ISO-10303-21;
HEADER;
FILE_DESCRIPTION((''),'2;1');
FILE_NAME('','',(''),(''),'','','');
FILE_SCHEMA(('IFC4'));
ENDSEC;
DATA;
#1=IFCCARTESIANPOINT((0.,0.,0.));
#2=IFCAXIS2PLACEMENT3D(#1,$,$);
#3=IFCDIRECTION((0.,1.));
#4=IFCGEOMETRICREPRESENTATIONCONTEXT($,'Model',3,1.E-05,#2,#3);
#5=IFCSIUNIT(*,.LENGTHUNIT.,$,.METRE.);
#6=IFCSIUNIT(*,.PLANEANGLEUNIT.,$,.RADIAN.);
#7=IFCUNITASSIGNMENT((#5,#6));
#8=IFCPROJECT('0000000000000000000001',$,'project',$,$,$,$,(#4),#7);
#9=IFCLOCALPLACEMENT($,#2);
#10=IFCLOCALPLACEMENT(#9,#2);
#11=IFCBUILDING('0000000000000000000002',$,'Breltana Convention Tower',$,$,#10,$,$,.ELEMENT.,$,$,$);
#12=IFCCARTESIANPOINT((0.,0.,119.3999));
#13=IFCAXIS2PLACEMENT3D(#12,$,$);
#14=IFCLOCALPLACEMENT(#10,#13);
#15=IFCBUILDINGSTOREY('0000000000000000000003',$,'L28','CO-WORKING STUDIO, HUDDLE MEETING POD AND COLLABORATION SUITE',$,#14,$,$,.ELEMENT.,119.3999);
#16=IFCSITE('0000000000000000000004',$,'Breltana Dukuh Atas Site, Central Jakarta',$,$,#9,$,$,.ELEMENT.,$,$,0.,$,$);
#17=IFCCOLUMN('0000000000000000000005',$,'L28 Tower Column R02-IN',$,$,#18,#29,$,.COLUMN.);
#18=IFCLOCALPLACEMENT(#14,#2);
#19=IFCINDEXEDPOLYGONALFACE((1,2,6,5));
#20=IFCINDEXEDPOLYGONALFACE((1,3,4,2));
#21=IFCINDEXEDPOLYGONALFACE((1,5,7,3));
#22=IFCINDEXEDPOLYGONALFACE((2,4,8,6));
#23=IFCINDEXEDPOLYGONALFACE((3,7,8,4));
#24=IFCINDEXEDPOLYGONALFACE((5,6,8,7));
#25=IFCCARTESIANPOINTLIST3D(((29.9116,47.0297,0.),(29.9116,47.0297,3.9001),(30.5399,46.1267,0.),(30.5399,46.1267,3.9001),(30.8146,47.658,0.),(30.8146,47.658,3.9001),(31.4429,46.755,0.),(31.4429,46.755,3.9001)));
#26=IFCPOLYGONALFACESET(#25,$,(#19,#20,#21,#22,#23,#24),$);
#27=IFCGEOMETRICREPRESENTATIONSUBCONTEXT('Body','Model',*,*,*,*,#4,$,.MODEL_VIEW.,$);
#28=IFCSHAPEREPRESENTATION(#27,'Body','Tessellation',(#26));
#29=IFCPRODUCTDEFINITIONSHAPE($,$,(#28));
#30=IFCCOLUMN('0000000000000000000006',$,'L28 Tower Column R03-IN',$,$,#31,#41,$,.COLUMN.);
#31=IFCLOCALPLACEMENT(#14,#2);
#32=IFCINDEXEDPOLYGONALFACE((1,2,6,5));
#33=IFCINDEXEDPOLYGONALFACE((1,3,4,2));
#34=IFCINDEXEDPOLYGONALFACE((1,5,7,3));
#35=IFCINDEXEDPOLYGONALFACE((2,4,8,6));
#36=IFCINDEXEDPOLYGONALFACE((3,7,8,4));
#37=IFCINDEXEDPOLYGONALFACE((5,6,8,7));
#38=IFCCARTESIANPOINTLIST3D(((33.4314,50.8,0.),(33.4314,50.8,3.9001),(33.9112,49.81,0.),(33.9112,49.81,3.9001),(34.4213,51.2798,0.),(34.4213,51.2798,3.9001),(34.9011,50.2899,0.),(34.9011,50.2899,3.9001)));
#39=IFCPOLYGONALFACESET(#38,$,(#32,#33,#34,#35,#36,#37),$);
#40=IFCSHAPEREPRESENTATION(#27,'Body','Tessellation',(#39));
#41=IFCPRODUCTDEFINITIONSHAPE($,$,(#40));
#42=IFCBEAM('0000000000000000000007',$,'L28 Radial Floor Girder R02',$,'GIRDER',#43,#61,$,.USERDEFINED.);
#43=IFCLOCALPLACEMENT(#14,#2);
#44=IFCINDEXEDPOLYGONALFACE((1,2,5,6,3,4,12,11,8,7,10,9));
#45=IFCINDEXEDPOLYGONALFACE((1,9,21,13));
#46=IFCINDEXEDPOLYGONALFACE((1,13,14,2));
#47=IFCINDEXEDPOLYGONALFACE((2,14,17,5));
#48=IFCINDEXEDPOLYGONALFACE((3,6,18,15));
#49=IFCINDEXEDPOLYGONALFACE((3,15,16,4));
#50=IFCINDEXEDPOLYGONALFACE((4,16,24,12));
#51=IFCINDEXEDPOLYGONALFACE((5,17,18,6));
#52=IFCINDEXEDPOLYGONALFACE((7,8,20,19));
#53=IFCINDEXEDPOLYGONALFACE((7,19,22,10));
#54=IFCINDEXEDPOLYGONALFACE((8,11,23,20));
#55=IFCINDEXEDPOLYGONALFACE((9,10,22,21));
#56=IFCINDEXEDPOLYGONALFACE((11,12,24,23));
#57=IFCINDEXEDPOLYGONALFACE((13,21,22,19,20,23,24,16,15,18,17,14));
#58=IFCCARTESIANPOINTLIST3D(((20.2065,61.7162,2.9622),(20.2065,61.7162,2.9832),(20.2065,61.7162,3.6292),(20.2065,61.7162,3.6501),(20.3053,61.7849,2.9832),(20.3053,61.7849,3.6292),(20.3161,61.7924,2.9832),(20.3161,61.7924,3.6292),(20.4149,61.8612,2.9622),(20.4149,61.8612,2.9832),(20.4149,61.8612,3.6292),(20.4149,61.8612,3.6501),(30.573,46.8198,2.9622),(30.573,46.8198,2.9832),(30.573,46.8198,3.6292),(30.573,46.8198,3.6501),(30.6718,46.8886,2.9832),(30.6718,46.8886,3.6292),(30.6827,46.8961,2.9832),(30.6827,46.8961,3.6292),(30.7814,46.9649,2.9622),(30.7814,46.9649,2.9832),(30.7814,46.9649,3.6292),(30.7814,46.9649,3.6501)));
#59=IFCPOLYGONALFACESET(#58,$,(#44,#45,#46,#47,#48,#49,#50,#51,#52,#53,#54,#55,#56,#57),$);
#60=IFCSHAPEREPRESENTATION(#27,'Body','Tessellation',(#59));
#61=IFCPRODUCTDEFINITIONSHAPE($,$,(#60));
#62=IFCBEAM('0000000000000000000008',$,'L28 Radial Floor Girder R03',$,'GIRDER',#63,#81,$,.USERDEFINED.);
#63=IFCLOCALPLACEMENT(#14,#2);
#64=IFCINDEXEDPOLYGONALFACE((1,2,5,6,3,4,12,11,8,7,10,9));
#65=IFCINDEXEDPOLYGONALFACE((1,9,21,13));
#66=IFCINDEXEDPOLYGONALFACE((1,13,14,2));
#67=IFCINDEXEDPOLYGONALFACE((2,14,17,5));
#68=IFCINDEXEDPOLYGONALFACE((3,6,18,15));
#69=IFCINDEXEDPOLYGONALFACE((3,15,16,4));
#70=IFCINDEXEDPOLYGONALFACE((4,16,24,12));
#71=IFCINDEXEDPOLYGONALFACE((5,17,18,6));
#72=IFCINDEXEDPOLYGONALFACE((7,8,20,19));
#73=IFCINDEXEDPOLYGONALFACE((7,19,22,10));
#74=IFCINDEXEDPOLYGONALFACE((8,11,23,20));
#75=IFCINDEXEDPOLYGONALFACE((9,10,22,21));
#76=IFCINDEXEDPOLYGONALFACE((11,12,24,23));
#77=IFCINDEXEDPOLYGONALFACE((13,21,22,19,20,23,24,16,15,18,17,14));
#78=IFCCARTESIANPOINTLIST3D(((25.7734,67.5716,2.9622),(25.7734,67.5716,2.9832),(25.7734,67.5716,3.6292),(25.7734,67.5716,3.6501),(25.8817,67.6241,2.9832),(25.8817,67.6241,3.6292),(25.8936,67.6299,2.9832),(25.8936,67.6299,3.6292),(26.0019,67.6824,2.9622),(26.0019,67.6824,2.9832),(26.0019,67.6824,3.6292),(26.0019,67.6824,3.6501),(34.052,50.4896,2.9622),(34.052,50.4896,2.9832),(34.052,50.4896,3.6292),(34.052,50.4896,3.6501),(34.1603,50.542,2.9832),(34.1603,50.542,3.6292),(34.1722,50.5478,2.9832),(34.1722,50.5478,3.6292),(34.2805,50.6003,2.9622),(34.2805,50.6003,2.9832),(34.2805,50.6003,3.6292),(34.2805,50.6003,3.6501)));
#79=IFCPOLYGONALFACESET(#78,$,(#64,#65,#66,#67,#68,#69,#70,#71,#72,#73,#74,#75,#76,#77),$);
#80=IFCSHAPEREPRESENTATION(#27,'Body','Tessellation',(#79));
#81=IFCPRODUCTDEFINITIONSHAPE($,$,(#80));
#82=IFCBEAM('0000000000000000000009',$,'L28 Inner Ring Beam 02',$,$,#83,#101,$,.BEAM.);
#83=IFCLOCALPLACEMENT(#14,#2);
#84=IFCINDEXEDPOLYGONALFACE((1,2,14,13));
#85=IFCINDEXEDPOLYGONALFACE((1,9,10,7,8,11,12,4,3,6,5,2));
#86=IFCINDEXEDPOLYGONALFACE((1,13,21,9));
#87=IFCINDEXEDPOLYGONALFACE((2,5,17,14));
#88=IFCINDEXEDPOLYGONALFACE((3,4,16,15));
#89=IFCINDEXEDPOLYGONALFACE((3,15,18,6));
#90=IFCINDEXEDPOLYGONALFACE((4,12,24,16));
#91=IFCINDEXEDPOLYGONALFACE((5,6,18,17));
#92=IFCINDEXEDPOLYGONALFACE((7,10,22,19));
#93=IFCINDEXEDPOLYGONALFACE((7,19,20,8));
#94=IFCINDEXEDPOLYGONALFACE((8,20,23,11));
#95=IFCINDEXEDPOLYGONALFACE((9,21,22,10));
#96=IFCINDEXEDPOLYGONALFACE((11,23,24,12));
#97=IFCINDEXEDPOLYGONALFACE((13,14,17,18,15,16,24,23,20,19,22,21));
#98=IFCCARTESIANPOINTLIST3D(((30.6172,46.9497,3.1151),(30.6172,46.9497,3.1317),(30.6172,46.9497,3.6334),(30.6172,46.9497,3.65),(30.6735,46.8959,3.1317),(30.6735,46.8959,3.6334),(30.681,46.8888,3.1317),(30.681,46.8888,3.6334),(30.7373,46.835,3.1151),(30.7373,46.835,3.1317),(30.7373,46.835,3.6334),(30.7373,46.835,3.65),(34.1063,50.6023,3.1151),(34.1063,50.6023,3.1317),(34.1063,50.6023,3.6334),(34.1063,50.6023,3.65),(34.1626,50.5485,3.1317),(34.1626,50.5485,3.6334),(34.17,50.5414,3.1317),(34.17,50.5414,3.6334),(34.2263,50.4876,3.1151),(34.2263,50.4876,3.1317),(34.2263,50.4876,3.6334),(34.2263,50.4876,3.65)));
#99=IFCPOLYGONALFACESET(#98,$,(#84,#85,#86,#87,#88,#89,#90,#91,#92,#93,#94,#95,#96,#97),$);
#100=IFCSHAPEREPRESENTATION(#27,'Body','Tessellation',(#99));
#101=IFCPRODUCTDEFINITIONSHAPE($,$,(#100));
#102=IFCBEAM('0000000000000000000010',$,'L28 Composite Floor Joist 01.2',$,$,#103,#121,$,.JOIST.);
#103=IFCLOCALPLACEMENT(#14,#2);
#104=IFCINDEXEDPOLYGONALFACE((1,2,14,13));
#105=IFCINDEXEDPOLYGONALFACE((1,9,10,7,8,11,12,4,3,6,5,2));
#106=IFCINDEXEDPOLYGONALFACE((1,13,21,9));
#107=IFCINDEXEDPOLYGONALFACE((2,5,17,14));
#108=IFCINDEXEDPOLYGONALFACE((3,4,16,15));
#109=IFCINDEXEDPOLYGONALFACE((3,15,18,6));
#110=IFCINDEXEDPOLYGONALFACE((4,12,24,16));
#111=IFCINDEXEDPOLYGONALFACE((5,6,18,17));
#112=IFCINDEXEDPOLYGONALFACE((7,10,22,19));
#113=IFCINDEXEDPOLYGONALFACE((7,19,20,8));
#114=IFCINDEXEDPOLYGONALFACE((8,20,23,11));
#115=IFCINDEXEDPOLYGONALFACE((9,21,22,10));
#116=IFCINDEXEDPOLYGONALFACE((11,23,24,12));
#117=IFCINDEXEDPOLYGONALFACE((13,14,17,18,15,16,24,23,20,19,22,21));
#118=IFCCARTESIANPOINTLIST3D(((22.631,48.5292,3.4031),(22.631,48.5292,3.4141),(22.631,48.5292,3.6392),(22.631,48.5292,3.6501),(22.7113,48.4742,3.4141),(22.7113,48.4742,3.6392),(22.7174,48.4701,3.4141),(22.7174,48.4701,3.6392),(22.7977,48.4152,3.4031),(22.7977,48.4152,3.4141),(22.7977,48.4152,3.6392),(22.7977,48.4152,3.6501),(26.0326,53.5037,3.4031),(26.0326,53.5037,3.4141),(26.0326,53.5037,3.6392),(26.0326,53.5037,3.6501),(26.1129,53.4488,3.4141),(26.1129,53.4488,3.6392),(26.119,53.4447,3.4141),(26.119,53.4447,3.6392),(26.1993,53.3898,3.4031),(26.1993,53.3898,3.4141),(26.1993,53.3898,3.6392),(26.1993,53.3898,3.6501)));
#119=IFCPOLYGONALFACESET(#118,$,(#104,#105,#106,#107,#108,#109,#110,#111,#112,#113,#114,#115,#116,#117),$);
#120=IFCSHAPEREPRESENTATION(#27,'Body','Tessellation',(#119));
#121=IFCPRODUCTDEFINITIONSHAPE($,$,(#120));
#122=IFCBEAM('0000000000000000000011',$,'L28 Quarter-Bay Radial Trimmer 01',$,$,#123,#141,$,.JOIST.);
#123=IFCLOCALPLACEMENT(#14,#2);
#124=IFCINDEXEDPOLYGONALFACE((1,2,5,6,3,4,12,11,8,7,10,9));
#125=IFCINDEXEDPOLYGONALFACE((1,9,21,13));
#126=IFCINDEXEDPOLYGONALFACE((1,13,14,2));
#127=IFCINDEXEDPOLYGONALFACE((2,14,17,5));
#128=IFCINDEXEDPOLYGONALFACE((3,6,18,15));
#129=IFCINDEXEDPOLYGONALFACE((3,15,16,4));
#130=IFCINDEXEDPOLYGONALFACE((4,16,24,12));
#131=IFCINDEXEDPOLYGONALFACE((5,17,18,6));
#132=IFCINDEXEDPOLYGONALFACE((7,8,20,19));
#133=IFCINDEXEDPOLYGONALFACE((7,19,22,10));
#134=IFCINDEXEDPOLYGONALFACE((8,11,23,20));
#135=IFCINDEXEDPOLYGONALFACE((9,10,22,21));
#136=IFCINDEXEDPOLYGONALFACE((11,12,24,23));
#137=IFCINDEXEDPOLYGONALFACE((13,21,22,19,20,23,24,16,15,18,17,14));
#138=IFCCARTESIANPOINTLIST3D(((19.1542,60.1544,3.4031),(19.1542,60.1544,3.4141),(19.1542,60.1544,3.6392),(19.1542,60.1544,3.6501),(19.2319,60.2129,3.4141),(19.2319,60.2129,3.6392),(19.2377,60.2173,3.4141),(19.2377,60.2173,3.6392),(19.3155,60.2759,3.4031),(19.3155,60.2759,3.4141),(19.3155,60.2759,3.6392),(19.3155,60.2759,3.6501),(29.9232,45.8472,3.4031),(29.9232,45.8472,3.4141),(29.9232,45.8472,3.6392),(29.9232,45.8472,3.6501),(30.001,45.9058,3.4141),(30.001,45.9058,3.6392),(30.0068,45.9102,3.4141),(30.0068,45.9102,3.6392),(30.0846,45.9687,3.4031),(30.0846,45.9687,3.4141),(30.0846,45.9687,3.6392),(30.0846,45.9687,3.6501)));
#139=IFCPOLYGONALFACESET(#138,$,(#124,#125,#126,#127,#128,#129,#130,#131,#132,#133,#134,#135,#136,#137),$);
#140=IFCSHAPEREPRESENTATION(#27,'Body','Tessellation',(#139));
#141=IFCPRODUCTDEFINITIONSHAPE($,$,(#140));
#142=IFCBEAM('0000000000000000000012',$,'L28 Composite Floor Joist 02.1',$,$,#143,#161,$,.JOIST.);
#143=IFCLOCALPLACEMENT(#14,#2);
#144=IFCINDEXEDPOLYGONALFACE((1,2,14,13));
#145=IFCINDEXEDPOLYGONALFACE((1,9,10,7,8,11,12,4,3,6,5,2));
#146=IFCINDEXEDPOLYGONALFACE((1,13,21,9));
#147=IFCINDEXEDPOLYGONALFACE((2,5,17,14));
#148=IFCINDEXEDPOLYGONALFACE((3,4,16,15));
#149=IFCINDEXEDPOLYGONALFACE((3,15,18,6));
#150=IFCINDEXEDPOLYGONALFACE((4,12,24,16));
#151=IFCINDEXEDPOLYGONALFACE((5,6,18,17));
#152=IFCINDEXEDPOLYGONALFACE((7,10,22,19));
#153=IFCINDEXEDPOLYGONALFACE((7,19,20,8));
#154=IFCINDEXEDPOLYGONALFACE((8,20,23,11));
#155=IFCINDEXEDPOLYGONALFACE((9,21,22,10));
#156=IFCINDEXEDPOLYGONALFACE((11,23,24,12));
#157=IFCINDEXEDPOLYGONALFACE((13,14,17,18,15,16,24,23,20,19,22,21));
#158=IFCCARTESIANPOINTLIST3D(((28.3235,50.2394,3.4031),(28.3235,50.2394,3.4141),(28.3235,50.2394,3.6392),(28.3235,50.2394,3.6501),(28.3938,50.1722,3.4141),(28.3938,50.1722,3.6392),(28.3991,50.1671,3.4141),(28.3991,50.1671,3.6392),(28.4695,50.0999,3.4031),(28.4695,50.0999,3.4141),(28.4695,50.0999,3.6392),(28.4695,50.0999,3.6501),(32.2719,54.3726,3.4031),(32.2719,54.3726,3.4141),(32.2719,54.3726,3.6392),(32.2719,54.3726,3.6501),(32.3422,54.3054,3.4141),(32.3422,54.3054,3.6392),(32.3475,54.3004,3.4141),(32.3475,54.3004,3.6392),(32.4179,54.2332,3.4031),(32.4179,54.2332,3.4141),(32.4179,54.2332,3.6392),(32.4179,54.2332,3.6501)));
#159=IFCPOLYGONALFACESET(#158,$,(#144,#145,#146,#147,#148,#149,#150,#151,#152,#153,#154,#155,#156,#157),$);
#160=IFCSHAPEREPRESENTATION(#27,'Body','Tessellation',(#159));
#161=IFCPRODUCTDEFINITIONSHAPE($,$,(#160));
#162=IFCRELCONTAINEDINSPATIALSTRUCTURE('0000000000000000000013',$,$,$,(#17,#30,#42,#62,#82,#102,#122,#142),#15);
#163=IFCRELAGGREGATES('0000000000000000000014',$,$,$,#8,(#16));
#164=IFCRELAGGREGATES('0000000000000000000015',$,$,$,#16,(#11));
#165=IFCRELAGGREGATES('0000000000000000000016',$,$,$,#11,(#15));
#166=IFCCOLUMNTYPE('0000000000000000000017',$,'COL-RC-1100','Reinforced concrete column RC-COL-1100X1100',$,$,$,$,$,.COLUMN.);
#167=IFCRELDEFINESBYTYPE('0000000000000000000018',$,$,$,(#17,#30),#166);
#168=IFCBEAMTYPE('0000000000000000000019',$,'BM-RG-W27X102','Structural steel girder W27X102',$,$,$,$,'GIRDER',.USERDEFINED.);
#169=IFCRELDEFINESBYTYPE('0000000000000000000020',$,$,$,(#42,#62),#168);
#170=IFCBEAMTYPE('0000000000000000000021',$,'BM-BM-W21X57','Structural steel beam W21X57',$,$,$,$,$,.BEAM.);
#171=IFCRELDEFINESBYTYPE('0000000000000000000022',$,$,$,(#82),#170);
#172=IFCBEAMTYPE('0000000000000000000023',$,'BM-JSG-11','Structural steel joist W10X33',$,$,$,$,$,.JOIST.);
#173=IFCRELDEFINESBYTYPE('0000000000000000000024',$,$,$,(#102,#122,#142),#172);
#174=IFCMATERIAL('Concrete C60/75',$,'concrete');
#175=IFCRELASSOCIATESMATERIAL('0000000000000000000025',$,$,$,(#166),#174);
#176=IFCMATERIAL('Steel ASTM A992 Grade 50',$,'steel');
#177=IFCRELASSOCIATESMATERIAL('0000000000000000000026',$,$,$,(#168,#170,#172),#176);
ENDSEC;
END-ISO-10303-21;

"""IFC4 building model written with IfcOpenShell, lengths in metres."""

from ifc_helpers import new_model, si_unit, direction, frame, origin, origin_2d, place, context, subcontext, project, spatial, rectangle, i_section, extrude, source, transform, mapped, material, material_profile, profile_set, type_object, element, save


model = new_model("IFC4")

# Units and contexts
model_context = context("Model", 3, precision=1e-05, world=origin(), true_north=direction((0.0, 1.0)))
body_context = subcontext(model_context, "Body", "Model", "MODEL_VIEW")
ifc_project = project(units=[si_unit("LENGTHUNIT", "METRE"), si_unit("PLANEANGLEUNIT", "RADIAN")], contexts=[model_context])

# Site, building, storey
site_placement = place(None, origin())
site = spatial("IfcSite", under=ifc_project, at=site_placement, Name="Breltana Dukuh Atas Site, Central Jakarta", CompositionType="ELEMENT", RefElevation=0.0)
building_placement = place(site_placement, origin())
building = spatial("IfcBuilding", under=site, at=building_placement, Name="Breltana Convention Tower", CompositionType="ELEMENT")
storey_placement = place(building_placement, frame((0.0, 0.0, 119.3999)))
storey = spatial("IfcBuildingStorey", under=building, at=storey_placement, Name="L28", Description="CO-WORKING STUDIO, HUDDLE MEETING POD AND COLLABORATION SUITE", CompositionType="ELEMENT", Elevation=119.3999)

# Columns
ifc_material_1 = material(Name="Concrete C60/75", Category="concrete")
ifc_material_profile_1 = material_profile(ifc_material_1, rectangle(XDim=1.1001, YDim=1.1001, at=origin_2d()), Name="RC-COL-1100X1100")
ifc_profile_set_1 = profile_set([ifc_material_profile_1], Name="Concrete C60/75")
column_type = type_object("IfcColumnType", Name="COL-RC-1100", Description="Reinforced concrete column RC-COL-1100X1100", PredefinedType="COLUMN", material=ifc_profile_set_1)
shared_shape_1 = source(origin(), body_context, "Body", "SweptSolid", [
    extrude(rectangle(XDim=1.1001, YDim=1.1001, at=origin_2d()), origin(), (0.0, 0.0, 1.0), 3.9001),
])
for number, where, z_axis, x_axis, name in (
    (1, (30.6772, 46.8923, 0.0), (0.0, 0.0, 1.0), (-0.571143, 0.82085, 0.0), "L28 Tower Column R02-IN"),
    (2, (34.1663, 50.5449, 0.0), (0.0, 0.0, 1.0), (-0.436174, 0.899863, 0.0), "L28 Tower Column R03-IN"),
):
    element("IfcColumn", number, at=place(storey_placement, frame(where, z_axis=z_axis, x_axis=x_axis)), inside=storey, type_object=column_type, Name=name, PredefinedType="COLUMN", context=body_context, shape_type="MappedRepresentation", body=[
        mapped(shared_shape_1, transform((0.0, 0.0, 0.0), scale=1.0)),
    ])

# Beams
ifc_material_2 = material(Name="Steel ASTM A992 Grade 50", Category="steel")
ifc_material_profile_2 = material_profile(ifc_material_2, i_section(OverallWidth=0.2539, OverallDepth=0.688, WebThickness=0.0132, FlangeThickness=0.021, at=origin_2d()), Name="W27X102")
ifc_profile_set_2 = profile_set([ifc_material_profile_2], Name="Steel ASTM A992 Grade 50")
beam_type_1 = type_object("IfcBeamType", Name="BM-RG-W27X102", Description="Structural steel girder W27X102", ElementType="GIRDER", PredefinedType="USERDEFINED", material=ifc_profile_set_2)
shared_shape_2 = source(origin(), body_context, "Body", "SweptSolid", [
    extrude(i_section(OverallWidth=0.2539, OverallDepth=0.688, WebThickness=0.0132, FlangeThickness=0.021, at=origin_2d()), origin(), (0.0, 0.0, 1.0), 18.1484),
])
beam_1_placement = place(storey_placement, frame((30.6772, 46.8923, 3.3062), z_axis=(-0.571208, 0.820806, 0.0), x_axis=(-0.820806, -0.571208, 0.0)))
element("IfcBeam", 3, at=beam_1_placement, inside=storey, type_object=beam_type_1, Name="L28 Radial Floor Girder R02", ObjectType="GIRDER", PredefinedType="USERDEFINED", context=body_context, shape_type="MappedRepresentation", body=[
    mapped(shared_shape_2, transform((0.0, 0.0, 0.0), scale=1.0)),
])
shared_shape_3 = source(origin(), body_context, "Body", "SweptSolid", [
    extrude(i_section(OverallWidth=0.2539, OverallDepth=0.688, WebThickness=0.0132, FlangeThickness=0.021, at=origin_2d()), origin(), (0.0, 0.0, 1.0), 18.9824),
])
beam_2_placement = place(storey_placement, frame((34.1663, 50.5449, 3.3062), z_axis=(-0.436119, 0.899889, 0.0), x_axis=(-0.899889, -0.436119, 0.0)))
element("IfcBeam", 4, at=beam_2_placement, inside=storey, type_object=beam_type_1, Name="L28 Radial Floor Girder R03", ObjectType="GIRDER", PredefinedType="USERDEFINED", context=body_context, shape_type="MappedRepresentation", body=[
    mapped(shared_shape_3, transform((0.0, 0.0, 0.0), scale=1.0)),
])
ifc_material_profile_3 = material_profile(ifc_material_2, i_section(OverallWidth=0.166, OverallDepth=0.5349, WebThickness=0.0103, FlangeThickness=0.0166, at=origin_2d()), Name="W21X57")
ifc_profile_set_3 = profile_set([ifc_material_profile_3], Name="Steel ASTM A992 Grade 50")
beam_type_2 = type_object("IfcBeamType", Name="BM-BM-W21X57", Description="Structural steel beam W21X57", PredefinedType="BEAM", material=ifc_profile_set_3)
shared_shape_4 = source(origin(), body_context, "Body", "SweptSolid", [
    extrude(i_section(OverallWidth=0.166, OverallDepth=0.5349, WebThickness=0.0103, FlangeThickness=0.0166, at=origin_2d()), origin(), (0.0, 0.0, 1.0), 5.0513),
])
beam_3_placement = place(storey_placement, frame((30.6772, 46.8923, 3.3826), z_axis=(0.69073, 0.723113, 0.0), x_axis=(-0.723113, 0.69073, 0.0)))
element("IfcBeam", 5, at=beam_3_placement, inside=storey, type_object=beam_type_2, Name="L28 Inner Ring Beam 02", PredefinedType="BEAM", context=body_context, shape_type="MappedRepresentation", body=[
    mapped(shared_shape_4, transform((0.0, 0.0, 0.0), scale=1.0)),
])
ifc_material_profile_4 = material_profile(ifc_material_2, i_section(OverallWidth=0.2019, OverallDepth=0.2471, WebThickness=0.0073, FlangeThickness=0.011, at=origin_2d()), Name="W10X33")
ifc_profile_set_4 = profile_set([ifc_material_profile_4], Name="Steel ASTM A992 Grade 50")
beam_type_3 = type_object("IfcBeamType", Name="BM-JSG-11", Description="Structural steel joist W10X33", PredefinedType="JOIST", material=ifc_profile_set_4)
shared_shape_5 = source(origin(), body_context, "Body", "SweptSolid", [
    extrude(i_section(OverallWidth=0.2019, OverallDepth=0.2471, WebThickness=0.0073, FlangeThickness=0.011, at=origin_2d()), origin(), (0.0, 0.0, 1.0), 6.0264),
])
beam_4_placement = place(storey_placement, frame((22.7144, 48.4722, 3.5266), z_axis=(0.56445, 0.825467, 0.0), x_axis=(-0.825467, 0.56445, 0.0)))
element("IfcBeam", 6, at=beam_4_placement, inside=storey, type_object=beam_type_3, Name="L28 Composite Floor Joist 01.2", PredefinedType="JOIST", context=body_context, shape_type="MappedRepresentation", body=[
    mapped(shared_shape_5, transform((0.0, 0.0, 0.0), scale=1.0)),
])
shared_shape_6 = source(origin(), body_context, "Body", "SweptSolid", [
    extrude(i_section(OverallWidth=0.2019, OverallDepth=0.2471, WebThickness=0.0073, FlangeThickness=0.011, at=origin_2d()), origin(), (0.0, 0.0, 1.0), 17.9072),
])
beam_5_placement = place(storey_placement, frame((30.0039, 45.908, 3.5266), z_axis=(-0.601382, 0.798962, 0.0), x_axis=(-0.798962, -0.601382, 0.0)))
element("IfcBeam", 7, at=beam_5_placement, inside=storey, type_object=beam_type_3, Name="L28 Quarter-Bay Radial Trimmer 01", PredefinedType="JOIST", context=body_context, shape_type="MappedRepresentation", body=[
    mapped(shared_shape_6, transform((0.0, 0.0, 0.0), scale=1.0)),
])
shared_shape_7 = source(origin(), body_context, "Body", "SweptSolid", [
    extrude(i_section(OverallWidth=0.2019, OverallDepth=0.2471, WebThickness=0.0073, FlangeThickness=0.011, at=origin_2d()), origin(), (0.0, 0.0, 1.0), 5.7161),
])
beam_6_placement = place(storey_placement, frame((28.3965, 50.1697, 3.5266), z_axis=(0.690756, 0.723088, 0.0), x_axis=(-0.723088, 0.690756, 0.0)))
element("IfcBeam", 8, at=beam_6_placement, inside=storey, type_object=beam_type_3, Name="L28 Composite Floor Joist 02.1", PredefinedType="JOIST", context=body_context, shape_type="MappedRepresentation", body=[
    mapped(shared_shape_7, transform((0.0, 0.0, 0.0), scale=1.0)),
])

save(model, "model.ifc")
